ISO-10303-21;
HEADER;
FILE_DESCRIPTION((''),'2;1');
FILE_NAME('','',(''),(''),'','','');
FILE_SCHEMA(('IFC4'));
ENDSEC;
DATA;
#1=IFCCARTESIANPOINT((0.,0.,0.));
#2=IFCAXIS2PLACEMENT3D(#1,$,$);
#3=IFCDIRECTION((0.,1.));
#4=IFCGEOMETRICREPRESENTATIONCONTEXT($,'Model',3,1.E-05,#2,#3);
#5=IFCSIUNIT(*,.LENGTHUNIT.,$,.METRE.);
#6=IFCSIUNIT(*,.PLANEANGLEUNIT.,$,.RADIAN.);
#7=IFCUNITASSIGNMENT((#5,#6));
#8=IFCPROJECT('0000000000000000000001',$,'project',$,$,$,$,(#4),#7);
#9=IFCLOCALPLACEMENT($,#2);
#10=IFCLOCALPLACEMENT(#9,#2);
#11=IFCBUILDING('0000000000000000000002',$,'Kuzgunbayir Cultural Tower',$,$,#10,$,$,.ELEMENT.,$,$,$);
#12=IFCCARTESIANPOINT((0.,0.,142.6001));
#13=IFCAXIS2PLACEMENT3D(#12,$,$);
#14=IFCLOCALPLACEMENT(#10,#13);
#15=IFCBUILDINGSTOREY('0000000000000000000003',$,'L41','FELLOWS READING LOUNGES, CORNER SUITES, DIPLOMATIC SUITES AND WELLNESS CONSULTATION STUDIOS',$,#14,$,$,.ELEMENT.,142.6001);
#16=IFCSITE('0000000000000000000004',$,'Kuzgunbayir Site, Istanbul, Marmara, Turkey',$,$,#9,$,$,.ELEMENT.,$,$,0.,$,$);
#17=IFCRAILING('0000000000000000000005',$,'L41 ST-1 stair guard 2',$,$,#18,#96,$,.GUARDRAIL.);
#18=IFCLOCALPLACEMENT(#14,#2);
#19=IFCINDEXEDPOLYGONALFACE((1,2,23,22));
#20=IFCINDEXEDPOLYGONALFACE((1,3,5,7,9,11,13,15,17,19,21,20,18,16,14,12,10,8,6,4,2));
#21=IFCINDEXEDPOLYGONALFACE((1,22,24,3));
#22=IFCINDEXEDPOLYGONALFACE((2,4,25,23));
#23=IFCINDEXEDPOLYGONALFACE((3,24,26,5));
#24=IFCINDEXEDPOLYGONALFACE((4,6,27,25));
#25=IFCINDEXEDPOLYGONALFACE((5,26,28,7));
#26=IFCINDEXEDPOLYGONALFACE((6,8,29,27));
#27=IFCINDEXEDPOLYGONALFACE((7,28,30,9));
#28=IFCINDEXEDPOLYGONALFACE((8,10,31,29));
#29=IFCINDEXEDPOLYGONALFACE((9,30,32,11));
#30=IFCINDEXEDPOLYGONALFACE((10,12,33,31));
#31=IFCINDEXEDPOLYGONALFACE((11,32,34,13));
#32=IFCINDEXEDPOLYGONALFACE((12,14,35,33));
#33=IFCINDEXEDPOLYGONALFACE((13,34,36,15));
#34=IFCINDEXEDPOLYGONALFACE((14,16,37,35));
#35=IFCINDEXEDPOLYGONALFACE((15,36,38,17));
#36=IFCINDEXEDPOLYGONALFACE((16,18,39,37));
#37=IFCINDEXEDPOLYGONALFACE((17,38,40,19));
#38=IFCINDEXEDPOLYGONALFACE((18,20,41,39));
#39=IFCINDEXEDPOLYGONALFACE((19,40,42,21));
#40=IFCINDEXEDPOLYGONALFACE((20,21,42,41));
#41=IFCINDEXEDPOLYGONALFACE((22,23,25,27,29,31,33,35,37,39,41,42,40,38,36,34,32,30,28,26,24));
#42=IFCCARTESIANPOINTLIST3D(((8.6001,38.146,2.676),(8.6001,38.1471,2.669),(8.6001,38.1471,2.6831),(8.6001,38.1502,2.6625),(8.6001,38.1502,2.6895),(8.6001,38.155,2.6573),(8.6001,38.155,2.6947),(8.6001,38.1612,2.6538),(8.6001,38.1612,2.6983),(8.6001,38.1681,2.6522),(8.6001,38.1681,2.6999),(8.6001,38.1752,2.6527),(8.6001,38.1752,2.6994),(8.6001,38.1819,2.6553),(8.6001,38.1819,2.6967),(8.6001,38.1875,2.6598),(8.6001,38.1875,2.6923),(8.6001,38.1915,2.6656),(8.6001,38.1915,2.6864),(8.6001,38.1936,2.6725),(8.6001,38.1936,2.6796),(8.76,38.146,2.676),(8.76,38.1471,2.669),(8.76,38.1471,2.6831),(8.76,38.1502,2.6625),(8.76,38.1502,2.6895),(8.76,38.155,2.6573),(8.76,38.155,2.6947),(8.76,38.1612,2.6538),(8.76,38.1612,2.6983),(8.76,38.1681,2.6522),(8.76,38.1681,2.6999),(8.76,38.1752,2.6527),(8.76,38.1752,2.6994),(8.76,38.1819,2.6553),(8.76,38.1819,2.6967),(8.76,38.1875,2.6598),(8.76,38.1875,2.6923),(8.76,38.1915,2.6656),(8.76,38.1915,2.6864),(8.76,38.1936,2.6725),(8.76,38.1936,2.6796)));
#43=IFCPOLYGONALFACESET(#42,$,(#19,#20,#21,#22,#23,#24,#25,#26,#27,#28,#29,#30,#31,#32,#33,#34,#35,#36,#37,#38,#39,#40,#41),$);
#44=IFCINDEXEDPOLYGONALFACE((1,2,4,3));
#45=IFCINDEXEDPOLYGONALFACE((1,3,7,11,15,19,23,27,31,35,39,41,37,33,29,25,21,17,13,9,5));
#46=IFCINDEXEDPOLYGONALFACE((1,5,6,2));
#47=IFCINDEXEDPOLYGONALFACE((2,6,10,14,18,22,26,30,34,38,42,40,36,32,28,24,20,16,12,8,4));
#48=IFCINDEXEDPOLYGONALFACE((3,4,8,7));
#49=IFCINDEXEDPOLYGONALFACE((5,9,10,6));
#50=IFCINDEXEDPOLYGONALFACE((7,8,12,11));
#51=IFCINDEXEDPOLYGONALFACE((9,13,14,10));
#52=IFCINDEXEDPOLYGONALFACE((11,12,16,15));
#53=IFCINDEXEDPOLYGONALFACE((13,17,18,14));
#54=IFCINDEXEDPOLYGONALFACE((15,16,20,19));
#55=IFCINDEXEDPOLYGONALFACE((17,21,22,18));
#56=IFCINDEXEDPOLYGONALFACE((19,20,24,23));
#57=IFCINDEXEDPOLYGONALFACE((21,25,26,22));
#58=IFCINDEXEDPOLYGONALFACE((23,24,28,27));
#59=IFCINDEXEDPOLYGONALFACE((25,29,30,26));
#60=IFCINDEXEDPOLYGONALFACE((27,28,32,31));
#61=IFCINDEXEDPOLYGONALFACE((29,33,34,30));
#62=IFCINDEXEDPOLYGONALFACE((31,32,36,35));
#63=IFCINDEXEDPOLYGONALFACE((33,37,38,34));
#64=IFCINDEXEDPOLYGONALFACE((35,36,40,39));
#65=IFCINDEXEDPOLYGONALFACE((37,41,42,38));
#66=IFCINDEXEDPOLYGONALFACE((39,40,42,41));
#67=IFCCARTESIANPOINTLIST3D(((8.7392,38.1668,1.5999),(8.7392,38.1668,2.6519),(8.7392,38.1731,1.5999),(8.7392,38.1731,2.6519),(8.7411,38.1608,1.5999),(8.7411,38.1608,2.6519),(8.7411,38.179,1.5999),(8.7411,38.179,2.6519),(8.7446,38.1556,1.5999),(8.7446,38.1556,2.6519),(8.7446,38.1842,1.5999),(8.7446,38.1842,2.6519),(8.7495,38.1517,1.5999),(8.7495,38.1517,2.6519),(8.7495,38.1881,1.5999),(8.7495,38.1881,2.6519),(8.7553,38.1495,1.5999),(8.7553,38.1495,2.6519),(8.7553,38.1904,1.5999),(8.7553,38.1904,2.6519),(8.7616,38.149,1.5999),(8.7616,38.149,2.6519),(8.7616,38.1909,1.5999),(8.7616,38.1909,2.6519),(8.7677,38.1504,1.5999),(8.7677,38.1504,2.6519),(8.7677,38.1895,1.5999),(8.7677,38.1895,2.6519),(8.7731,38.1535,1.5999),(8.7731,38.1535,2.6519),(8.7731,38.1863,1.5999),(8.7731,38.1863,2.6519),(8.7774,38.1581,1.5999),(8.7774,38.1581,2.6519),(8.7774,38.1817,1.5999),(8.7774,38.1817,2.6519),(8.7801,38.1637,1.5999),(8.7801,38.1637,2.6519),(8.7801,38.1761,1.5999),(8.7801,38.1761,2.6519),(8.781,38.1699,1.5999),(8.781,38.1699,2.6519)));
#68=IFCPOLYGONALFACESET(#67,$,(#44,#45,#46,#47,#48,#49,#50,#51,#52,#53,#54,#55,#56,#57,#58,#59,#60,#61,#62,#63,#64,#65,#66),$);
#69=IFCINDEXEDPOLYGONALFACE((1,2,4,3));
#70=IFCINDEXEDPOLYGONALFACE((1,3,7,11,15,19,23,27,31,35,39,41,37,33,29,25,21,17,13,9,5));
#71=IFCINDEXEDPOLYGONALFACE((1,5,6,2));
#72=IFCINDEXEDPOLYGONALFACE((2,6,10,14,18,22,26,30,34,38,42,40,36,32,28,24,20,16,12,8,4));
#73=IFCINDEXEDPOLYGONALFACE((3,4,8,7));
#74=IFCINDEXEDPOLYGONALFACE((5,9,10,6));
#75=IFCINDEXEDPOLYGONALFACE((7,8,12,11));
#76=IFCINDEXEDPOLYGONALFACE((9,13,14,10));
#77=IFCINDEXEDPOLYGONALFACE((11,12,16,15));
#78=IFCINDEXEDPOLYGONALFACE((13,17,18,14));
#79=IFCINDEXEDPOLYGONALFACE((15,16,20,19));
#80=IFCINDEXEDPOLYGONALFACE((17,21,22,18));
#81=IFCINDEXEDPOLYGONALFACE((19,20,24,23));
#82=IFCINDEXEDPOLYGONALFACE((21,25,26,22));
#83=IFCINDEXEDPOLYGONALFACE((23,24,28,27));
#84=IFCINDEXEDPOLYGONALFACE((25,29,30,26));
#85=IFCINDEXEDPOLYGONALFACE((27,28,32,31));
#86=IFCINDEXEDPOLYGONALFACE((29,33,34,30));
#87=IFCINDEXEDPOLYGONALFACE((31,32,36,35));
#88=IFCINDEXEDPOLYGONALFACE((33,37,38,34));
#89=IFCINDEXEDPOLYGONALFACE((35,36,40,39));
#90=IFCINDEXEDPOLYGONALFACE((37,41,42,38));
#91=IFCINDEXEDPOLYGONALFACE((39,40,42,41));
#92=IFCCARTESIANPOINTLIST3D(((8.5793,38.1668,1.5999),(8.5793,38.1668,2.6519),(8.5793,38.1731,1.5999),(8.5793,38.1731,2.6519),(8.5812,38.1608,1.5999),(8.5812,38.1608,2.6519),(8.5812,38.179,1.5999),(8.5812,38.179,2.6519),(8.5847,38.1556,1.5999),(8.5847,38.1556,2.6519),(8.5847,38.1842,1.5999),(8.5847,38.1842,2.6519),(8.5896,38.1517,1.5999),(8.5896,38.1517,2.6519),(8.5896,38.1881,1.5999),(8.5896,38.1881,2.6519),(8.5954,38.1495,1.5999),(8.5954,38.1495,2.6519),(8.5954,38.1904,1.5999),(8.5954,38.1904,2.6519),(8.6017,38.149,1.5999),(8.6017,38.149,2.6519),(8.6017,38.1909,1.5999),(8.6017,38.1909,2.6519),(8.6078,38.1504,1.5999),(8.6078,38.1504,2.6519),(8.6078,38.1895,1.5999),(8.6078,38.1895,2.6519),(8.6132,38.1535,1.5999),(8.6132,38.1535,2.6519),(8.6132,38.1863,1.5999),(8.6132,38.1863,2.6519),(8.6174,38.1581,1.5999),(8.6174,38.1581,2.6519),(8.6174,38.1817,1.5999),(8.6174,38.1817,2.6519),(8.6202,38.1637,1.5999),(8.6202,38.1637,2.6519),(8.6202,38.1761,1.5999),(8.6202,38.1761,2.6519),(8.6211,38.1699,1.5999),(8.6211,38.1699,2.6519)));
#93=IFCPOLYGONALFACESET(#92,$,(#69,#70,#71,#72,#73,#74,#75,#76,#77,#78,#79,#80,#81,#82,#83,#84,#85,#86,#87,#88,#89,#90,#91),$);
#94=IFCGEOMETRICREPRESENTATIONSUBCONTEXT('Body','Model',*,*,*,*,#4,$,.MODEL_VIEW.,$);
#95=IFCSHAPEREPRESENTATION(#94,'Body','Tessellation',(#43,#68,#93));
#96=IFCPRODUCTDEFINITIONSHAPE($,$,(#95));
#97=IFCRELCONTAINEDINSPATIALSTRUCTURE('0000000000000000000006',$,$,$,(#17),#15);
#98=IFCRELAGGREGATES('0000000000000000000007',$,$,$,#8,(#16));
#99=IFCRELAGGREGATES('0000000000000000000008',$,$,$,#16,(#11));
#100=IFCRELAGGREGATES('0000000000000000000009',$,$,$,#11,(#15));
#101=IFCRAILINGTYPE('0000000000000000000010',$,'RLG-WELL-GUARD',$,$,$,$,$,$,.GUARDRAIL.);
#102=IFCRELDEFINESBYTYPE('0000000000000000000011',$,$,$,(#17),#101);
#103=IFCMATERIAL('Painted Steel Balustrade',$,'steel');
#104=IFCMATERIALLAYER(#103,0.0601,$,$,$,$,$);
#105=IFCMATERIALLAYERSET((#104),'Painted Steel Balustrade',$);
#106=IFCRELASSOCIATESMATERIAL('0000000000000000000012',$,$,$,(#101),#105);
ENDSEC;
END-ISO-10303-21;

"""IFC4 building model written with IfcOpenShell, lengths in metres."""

from ifc_helpers import new_model, si_unit, direction, frame, origin, origin_2d, place, context, subcontext, project, spatial, circle, extrude, material, layer, layer_set, type_object, element, save


model = new_model("IFC4")

# Units and contexts
model_context = context("Model", 3, precision=1e-05, world=origin(), true_north=direction((0.0, 1.0)))
body_context = subcontext(model_context, "Body", "Model", "MODEL_VIEW")
ifc_project = project(units=[si_unit("LENGTHUNIT", "METRE"), si_unit("PLANEANGLEUNIT", "RADIAN")], contexts=[model_context])

# Site, building, storey
site_placement = place(None, origin())
site = spatial("IfcSite", under=ifc_project, at=site_placement, Name="Kuzgunbayir Site, Istanbul, Marmara, Turkey", CompositionType="ELEMENT", RefElevation=0.0)
building_placement = place(site_placement, origin())
building = spatial("IfcBuilding", under=site, at=building_placement, Name="Kuzgunbayir Cultural Tower", CompositionType="ELEMENT")
storey_placement = place(building_placement, frame((0.0, 0.0, 142.6001)))
storey = spatial("IfcBuildingStorey", under=building, at=storey_placement, Name="L41", Description="FELLOWS READING LOUNGES, CORNER SUITES, DIPLOMATIC SUITES AND WELLNESS CONSULTATION STUDIOS", CompositionType="ELEMENT", Elevation=142.6001)

# Railing
ifc_material_1 = material(Name="Painted Steel Balustrade", Category="steel")
ifc_layer_1 = layer(ifc_material_1, 0.0601)
ifc_layer_set_1 = layer_set([ifc_layer_1], Name="Painted Steel Balustrade")
railing_type_1 = type_object("IfcRailingType", Name="RLG-WELL-GUARD", PredefinedType="GUARDRAIL", material=ifc_layer_set_1)
railing_1_placement = place(storey_placement, frame((8.76, 38.1699, 1.5999)))
element("IfcRailing", 1, at=railing_1_placement, inside=storey, type_object=railing_type_1, Name="L41 ST-1 stair guard 2", PredefinedType="GUARDRAIL", context=body_context, shape_type="SweptSolid", body=[
    extrude(circle(Radius=0.0239, at=origin_2d()), frame((0.0, 0.0, 1.0762), z_axis=(-1.0, 0.0, 0.0), x_axis=(0.0, -1.0, 0.0)), (0.0, 0.0, 1.0), 0.1599),
    extrude(circle(Radius=0.021, at=origin_2d()), origin(), (0.0, 0.0, 1.0), 1.052),
    extrude(circle(Radius=0.021, at=origin_2d()), frame((-0.1599, 0.0, 0.0)), (0.0, 0.0, 1.0), 1.052),
])

save(model, "model.ifc")
